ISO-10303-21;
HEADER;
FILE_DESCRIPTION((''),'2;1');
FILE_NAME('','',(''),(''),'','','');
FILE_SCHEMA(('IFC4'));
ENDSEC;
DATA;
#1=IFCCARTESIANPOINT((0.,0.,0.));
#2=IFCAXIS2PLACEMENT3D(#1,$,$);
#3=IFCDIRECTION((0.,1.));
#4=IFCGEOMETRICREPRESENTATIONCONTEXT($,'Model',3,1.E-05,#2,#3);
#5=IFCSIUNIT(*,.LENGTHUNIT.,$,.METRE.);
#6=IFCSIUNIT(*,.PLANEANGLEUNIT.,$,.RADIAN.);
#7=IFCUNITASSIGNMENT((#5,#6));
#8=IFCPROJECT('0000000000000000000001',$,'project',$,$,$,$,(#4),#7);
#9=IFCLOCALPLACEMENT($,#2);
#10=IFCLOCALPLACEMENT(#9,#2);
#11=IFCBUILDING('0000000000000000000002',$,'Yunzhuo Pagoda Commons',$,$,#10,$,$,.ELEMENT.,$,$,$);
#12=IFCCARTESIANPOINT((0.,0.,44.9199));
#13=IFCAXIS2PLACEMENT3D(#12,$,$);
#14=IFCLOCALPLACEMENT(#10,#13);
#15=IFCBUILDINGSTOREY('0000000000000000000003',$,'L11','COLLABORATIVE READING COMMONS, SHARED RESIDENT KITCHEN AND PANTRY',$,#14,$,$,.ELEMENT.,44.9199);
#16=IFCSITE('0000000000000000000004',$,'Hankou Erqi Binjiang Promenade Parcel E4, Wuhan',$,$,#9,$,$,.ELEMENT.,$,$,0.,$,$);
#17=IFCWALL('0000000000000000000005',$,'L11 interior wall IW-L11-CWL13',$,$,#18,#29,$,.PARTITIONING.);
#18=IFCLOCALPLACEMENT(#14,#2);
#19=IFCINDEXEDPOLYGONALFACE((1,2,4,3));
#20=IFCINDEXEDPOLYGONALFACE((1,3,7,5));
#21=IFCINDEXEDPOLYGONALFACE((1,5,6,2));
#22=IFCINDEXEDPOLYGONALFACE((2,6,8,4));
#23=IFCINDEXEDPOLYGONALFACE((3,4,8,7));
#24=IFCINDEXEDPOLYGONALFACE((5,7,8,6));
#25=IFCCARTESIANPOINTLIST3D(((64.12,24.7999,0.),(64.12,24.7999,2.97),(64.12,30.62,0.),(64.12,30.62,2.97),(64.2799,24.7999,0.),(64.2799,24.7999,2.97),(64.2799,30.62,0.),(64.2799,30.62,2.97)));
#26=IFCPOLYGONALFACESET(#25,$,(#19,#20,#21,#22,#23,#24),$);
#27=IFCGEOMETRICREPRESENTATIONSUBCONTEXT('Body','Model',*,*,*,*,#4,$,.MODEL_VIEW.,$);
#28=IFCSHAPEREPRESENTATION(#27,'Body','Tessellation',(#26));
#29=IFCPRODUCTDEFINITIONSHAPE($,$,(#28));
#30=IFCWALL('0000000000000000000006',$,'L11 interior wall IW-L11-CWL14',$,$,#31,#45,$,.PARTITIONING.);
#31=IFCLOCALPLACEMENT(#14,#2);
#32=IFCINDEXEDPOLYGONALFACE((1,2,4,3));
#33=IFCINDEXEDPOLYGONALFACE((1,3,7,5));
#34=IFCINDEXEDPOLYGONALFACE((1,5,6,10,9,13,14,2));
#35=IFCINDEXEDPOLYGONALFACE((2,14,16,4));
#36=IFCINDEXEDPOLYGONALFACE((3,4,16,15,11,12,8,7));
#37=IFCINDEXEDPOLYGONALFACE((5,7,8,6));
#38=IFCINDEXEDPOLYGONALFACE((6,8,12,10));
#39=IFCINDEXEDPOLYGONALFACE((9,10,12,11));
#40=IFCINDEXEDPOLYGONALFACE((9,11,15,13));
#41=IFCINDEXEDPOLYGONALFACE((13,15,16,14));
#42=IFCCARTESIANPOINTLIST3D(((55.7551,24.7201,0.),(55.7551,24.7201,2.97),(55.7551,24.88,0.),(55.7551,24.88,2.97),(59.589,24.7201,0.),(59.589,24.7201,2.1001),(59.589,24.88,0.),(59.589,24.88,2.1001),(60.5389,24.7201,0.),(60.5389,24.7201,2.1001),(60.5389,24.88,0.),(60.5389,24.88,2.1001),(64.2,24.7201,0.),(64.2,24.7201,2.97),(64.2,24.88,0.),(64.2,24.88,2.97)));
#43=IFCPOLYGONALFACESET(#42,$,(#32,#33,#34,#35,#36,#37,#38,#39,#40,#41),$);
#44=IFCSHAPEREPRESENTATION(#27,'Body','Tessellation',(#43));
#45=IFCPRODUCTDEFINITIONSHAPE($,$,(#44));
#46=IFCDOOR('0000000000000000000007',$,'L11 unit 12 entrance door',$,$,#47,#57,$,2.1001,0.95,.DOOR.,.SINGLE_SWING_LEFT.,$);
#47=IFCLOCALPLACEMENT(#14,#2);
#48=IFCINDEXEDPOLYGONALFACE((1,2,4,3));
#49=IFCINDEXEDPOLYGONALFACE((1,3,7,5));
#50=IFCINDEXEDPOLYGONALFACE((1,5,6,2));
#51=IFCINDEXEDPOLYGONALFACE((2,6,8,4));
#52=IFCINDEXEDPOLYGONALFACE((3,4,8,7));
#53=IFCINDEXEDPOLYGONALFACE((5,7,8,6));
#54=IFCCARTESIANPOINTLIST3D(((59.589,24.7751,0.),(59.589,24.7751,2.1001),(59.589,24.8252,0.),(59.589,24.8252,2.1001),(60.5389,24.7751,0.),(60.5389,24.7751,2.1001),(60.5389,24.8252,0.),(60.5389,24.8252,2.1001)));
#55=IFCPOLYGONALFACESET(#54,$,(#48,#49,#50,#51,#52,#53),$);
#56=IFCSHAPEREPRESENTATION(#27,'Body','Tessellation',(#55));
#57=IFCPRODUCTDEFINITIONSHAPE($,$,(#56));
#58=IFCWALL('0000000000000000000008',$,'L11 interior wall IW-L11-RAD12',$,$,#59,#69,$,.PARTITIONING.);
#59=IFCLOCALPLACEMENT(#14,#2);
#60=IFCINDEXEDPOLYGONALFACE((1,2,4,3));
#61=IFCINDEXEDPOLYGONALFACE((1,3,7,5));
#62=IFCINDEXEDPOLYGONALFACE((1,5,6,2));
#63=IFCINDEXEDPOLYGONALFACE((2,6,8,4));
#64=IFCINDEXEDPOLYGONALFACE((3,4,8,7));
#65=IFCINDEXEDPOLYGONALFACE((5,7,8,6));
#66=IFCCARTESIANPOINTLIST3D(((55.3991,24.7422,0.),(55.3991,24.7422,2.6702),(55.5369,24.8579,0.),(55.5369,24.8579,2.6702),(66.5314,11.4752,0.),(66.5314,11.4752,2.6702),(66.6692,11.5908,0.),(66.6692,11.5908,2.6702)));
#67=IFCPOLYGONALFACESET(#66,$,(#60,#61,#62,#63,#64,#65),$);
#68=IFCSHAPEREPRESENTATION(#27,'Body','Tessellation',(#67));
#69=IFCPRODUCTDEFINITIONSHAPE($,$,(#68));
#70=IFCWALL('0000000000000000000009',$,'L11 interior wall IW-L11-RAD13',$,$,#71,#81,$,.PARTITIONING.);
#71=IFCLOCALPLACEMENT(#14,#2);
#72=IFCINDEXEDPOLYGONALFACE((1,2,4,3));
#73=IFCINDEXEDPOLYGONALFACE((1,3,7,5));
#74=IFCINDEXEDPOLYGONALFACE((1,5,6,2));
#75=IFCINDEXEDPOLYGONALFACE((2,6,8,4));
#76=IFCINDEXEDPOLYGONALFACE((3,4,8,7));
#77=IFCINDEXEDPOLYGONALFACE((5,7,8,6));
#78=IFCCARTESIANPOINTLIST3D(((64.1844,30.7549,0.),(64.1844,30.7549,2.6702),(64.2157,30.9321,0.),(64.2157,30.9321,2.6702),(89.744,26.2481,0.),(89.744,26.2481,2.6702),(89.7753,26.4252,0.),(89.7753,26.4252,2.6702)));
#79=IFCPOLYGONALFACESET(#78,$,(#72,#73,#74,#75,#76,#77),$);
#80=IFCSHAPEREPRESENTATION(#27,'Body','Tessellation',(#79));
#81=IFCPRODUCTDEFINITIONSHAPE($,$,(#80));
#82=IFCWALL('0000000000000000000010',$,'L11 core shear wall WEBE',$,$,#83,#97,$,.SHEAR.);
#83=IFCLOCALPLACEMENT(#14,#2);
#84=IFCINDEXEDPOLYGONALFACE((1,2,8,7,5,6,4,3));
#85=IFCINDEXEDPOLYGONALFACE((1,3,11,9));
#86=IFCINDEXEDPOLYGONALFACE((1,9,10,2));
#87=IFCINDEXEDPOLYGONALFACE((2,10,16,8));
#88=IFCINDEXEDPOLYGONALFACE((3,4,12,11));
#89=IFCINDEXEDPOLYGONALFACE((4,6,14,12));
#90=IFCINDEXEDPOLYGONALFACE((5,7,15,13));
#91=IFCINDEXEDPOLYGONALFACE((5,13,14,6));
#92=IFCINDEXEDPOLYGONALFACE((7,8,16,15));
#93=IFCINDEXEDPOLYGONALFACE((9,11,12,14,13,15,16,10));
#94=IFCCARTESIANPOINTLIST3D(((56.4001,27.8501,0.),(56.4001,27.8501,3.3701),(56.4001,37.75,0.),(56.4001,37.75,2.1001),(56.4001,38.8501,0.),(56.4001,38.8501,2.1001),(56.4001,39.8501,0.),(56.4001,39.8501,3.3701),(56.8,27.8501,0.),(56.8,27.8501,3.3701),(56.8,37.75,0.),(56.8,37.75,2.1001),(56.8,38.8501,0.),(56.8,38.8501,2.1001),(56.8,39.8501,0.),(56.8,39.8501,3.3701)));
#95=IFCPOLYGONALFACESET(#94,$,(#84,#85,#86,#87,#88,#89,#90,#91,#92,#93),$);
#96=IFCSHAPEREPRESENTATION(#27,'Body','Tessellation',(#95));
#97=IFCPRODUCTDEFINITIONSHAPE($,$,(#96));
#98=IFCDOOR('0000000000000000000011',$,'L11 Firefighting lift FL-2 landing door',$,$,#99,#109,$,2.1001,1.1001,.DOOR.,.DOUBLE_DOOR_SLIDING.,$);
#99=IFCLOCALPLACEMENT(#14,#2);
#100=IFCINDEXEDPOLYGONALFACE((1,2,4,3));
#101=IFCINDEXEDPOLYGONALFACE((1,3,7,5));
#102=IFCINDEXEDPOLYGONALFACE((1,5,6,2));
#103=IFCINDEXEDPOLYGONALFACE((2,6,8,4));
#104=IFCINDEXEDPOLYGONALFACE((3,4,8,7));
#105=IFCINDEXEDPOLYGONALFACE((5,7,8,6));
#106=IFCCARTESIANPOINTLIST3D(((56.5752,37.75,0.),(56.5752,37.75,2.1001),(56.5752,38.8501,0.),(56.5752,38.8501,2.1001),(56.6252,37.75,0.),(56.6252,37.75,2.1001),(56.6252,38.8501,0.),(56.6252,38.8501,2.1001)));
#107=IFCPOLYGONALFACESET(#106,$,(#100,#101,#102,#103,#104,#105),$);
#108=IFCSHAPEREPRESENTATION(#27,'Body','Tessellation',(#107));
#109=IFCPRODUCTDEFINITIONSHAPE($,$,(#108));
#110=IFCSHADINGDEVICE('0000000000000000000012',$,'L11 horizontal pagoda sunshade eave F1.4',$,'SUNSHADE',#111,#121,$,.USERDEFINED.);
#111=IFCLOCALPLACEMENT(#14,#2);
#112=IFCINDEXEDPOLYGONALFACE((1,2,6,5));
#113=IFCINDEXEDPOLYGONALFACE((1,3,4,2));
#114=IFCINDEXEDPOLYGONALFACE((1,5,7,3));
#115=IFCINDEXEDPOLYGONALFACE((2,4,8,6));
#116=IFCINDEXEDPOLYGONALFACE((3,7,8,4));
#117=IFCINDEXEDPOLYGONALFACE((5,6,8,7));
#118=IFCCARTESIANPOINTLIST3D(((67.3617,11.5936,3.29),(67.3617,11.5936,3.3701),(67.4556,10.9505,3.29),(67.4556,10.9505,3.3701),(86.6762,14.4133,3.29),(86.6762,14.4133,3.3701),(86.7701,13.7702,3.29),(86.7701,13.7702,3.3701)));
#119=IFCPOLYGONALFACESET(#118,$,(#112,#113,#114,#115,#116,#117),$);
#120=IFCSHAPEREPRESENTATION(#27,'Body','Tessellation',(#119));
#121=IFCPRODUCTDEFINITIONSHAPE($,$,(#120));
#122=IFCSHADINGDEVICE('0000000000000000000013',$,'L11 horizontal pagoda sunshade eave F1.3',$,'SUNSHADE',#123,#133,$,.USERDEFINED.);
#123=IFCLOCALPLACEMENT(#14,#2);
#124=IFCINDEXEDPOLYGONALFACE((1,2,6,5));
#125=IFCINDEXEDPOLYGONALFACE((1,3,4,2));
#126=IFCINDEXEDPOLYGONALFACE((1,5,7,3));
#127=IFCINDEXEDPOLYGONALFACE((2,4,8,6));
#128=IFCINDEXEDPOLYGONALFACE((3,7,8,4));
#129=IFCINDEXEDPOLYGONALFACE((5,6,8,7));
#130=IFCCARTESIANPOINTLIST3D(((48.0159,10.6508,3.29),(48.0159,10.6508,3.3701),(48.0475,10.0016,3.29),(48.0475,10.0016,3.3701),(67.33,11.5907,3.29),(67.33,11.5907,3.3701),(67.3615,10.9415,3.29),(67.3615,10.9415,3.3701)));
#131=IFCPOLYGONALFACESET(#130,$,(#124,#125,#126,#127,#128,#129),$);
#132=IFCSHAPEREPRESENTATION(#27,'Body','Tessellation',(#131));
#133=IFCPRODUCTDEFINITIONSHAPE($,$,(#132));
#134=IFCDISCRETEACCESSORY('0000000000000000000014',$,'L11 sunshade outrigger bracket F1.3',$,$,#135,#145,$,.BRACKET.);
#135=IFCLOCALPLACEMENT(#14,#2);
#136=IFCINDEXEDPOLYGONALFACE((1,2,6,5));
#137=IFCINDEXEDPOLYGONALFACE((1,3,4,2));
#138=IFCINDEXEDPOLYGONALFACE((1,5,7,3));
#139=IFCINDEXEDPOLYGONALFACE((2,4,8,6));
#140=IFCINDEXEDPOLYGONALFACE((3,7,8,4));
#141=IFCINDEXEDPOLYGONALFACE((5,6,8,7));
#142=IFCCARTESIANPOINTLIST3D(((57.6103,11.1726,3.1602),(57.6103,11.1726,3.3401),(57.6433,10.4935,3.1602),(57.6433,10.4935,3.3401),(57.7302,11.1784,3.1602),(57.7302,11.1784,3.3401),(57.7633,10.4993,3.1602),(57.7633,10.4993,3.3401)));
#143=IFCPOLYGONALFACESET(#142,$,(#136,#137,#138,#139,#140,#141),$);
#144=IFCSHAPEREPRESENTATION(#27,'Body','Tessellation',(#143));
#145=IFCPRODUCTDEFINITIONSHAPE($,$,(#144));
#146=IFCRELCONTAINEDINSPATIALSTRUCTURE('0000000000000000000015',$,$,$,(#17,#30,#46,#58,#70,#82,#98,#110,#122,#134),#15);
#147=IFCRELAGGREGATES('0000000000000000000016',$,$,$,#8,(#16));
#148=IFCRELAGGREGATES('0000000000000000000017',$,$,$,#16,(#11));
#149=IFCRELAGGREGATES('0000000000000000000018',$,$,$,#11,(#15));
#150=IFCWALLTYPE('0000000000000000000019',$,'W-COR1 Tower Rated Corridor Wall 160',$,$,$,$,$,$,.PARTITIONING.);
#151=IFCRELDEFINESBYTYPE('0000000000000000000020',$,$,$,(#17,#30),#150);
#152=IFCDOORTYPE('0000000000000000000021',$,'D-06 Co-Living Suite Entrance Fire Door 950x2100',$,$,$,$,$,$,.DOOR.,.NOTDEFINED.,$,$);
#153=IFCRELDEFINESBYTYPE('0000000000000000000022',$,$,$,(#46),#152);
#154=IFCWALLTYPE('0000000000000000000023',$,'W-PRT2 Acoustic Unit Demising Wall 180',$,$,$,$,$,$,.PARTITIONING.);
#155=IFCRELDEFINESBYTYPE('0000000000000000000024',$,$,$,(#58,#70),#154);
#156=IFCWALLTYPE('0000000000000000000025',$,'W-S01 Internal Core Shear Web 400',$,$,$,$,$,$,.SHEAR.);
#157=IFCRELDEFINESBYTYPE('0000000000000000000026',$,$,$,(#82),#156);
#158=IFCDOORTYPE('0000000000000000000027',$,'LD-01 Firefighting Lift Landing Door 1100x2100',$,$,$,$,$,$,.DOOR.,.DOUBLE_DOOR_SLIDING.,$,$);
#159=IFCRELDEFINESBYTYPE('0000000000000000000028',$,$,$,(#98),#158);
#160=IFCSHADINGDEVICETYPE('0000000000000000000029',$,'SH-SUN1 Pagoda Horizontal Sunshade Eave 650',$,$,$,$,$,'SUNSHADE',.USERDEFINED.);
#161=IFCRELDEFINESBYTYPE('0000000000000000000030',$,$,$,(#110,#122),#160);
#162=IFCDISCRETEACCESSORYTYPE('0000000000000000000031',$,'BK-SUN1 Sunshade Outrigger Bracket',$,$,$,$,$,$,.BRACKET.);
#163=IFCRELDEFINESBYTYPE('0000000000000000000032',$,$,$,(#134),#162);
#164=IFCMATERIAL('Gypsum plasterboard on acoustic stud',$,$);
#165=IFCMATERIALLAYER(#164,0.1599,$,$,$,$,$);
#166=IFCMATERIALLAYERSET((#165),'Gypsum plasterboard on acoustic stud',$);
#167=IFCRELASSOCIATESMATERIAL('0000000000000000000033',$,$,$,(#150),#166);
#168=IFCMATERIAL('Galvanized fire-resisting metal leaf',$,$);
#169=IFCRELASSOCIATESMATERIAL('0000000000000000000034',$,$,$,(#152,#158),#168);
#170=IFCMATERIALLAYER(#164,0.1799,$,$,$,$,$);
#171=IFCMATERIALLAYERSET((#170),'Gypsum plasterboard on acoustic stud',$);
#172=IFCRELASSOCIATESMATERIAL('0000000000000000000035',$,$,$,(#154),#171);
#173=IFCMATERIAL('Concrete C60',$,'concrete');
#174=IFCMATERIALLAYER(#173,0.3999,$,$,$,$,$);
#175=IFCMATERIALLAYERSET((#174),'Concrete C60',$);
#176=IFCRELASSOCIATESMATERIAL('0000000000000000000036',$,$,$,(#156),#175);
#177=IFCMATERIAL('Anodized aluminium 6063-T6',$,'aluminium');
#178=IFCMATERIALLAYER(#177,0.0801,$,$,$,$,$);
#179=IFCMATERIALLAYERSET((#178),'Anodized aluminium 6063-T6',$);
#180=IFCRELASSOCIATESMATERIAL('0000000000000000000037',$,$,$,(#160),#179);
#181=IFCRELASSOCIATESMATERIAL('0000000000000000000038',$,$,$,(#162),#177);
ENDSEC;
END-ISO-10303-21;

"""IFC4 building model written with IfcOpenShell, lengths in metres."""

from ifc_helpers import new_model, si_unit, direction, frame, frame_2d, origin, origin_with_axes, origin_2d, place, context, subcontext, project, spatial, rectangle, extrude, source, transform, mapped, material, layer, layer_set, type_object, element, fill, save


model = new_model("IFC4")

# Units and contexts
model_context = context("Model", 3, precision=1e-05, world=origin(), true_north=direction((0.0, 1.0)))
body_context = subcontext(model_context, "Body", "Model", "MODEL_VIEW")
ifc_project = project(units=[si_unit("LENGTHUNIT", "METRE"), si_unit("PLANEANGLEUNIT", "RADIAN")], contexts=[model_context])

# Site, building, storey
site_placement = place(None, origin())
site = spatial("IfcSite", under=ifc_project, at=site_placement, Name="Hankou Erqi Binjiang Promenade Parcel E4, Wuhan", CompositionType="ELEMENT", RefElevation=0.0)
building_placement = place(site_placement, origin())
building = spatial("IfcBuilding", under=site, at=building_placement, Name="Yunzhuo Pagoda Commons", CompositionType="ELEMENT")
storey_placement = place(building_placement, frame((0.0, 0.0, 44.9199)))
storey = spatial("IfcBuildingStorey", under=building, at=storey_placement, Name="L11", Description="COLLABORATIVE READING COMMONS, SHARED RESIDENT KITCHEN AND PANTRY", CompositionType="ELEMENT", Elevation=44.9199)

# Shared definitions
ifc_material_1 = material(Name="Anodized aluminium 6063-T6", Category="aluminium")

# Wall
ifc_material_2 = material(Name="Concrete C60", Category="concrete")
ifc_material_3 = material(Name="Gypsum plasterboard on acoustic stud")
ifc_layer_1 = layer(ifc_material_3, 0.1599)
ifc_layer_set_1 = layer_set([ifc_layer_1], Name="Gypsum plasterboard on acoustic stud")
wall_type_1 = type_object("IfcWallType", Name="W-COR1 Tower Rated Corridor Wall 160", PredefinedType="PARTITIONING", material=ifc_layer_set_1)
wall_1_placement = place(storey_placement, frame((64.2, 30.6201, 0.0), z_axis=(0.0, 0.0, 1.0), x_axis=(0.0, -1.0, 0.0)))
element("IfcWall", 1, at=wall_1_placement, inside=storey, type_object=wall_type_1, Name="L11 interior wall IW-L11-CWL13", PredefinedType="PARTITIONING", context=body_context, shape_type="SweptSolid", body=[
    extrude(rectangle(XDim=5.8201, YDim=0.1599, at=frame_2d((2.9102, 0.0))), origin(), (0.0, 0.0, 1.0), 2.97),
])

# Wall, opening, door
wall_2_placement = place(storey_placement, frame((64.2, 24.8, 0.0), z_axis=(0.0, 0.0, 1.0), x_axis=(-1.0, 0.0, 0.0)))
wall_2 = element("IfcWall", 2, at=wall_2_placement, inside=storey, type_object=wall_type_1, Name="L11 interior wall IW-L11-CWL14", PredefinedType="PARTITIONING", context=body_context, shape_type="SweptSolid", body=[
    extrude(rectangle(XDim=8.4448, YDim=0.1599, at=frame_2d((4.2224, 0.0))), origin(), (0.0, 0.0, 1.0), 2.97),
])
opening_1_placement = place(wall_2_placement, frame((3.6609, 0.0, 0.0)))
opening_1 = element("IfcOpeningElement", 3, at=opening_1_placement, cuts=wall_2, PredefinedType="OPENING", context=body_context, shape_type="SweptSolid", body=[
    extrude(rectangle(XDim=0.95, YDim=2.1001, at=frame_2d((0.4751, 1.05))), frame((0.0, 0.0898, 0.0), z_axis=(0.0, -1.0, 0.0), x_axis=(1.0, 0.0, 0.0)), (0.0, 0.0, 1.0), 0.1799),
])
ifc_material_4 = material(Name="Galvanized fire-resisting metal leaf")
door_type_1 = type_object("IfcDoorType", Name="D-06 Co-Living Suite Entrance Fire Door 950x2100", OperationType="NOTDEFINED", PredefinedType="DOOR", material=ifc_material_4)
shared_shape_1 = source(origin(), body_context, "Body", "SweptSolid", [
    extrude(rectangle(XDim=0.95, YDim=2.1001, at=frame_2d((0.4751, 1.05))), frame((0.0, 0.0249, 0.0), z_axis=(0.0, -1.0, 0.0), x_axis=(1.0, 0.0, 0.0)), (0.0, 0.0, 1.0), 0.05),
])
door_1_placement = place(opening_1_placement, origin_with_axes())
door_1 = element("IfcDoor", 4, at=door_1_placement, inside=storey, type_object=door_type_1, Name="L11 unit 12 entrance door", OperationType="SINGLE_SWING_LEFT", OverallHeight=2.1001, OverallWidth=0.95, PredefinedType="DOOR", context=body_context, shape_type="MappedRepresentation", body=[
    mapped(shared_shape_1, transform((0.0, 0.0, 0.0), scale=1.0)),
])
fill(opening_1, door_1)

# Walls
ifc_layer_2 = layer(ifc_material_3, 0.1799)
ifc_layer_set_2 = layer_set([ifc_layer_2], Name="Gypsum plasterboard on acoustic stud")
wall_type_2 = type_object("IfcWallType", Name="W-PRT2 Acoustic Unit Demising Wall 180", PredefinedType="PARTITIONING", material=ifc_layer_set_2)
wall_3_placement = place(storey_placement, frame((55.468, 24.8, 0.0), z_axis=(0.0, 0.0, 1.0), x_axis=(0.642785, -0.766047, 0.0)))
element("IfcWall", 5, at=wall_3_placement, inside=storey, type_object=wall_type_2, Name="L11 interior wall IW-L11-RAD12", PredefinedType="PARTITIONING", context=body_context, shape_type="SweptSolid", body=[
    extrude(rectangle(XDim=17.3188, YDim=0.1799, at=frame_2d((8.6594, 0.0))), origin(), (0.0, 0.0, 1.0), 2.6702),
])
wall_4_placement = place(storey_placement, frame((64.2, 30.8435, 0.0), z_axis=(0.0, 0.0, 1.0), x_axis=(0.984808, -0.173648, 0.0)))
element("IfcWall", 6, at=wall_4_placement, inside=storey, type_object=wall_type_2, Name="L11 interior wall IW-L11-RAD13", PredefinedType="PARTITIONING", context=body_context, shape_type="SweptSolid", body=[
    extrude(rectangle(XDim=25.9539, YDim=0.1799, at=frame_2d((12.9771, 0.0))), origin(), (0.0, 0.0, 1.0), 2.6702),
])

# Wall, opening, door
ifc_layer_3 = layer(ifc_material_2, 0.3999)
ifc_layer_set_3 = layer_set([ifc_layer_3], Name="Concrete C60")
wall_type_3 = type_object("IfcWallType", Name="W-S01 Internal Core Shear Web 400", PredefinedType="SHEAR", material=ifc_layer_set_3)
wall_5_placement = place(storey_placement, frame((56.6001, 27.8501, 0.0), z_axis=(0.0, 0.0, 1.0), x_axis=(0.0, 1.0, 0.0)))
wall_5 = element("IfcWall", 7, at=wall_5_placement, inside=storey, type_object=wall_type_3, Name="L11 core shear wall WEBE", PredefinedType="SHEAR", context=body_context, shape_type="SweptSolid", body=[
    extrude(rectangle(XDim=12.0, YDim=0.3999, at=frame_2d((6.0, 0.0))), origin(), (0.0, 0.0, 1.0), 3.3701),
])
opening_2_placement = place(wall_5_placement, frame((9.8999, 0.0, 0.0)))
opening_2 = element("IfcOpeningElement", 8, at=opening_2_placement, cuts=wall_5, PredefinedType="OPENING", context=body_context, shape_type="SweptSolid", body=[
    extrude(rectangle(XDim=1.1001, YDim=2.1001, at=frame_2d((0.55, 1.05))), frame((0.0, 0.21, 0.0), z_axis=(0.0, -1.0, 0.0), x_axis=(1.0, 0.0, 0.0)), (0.0, 0.0, 1.0), 0.4199),
])
door_type_2 = type_object("IfcDoorType", Name="LD-01 Firefighting Lift Landing Door 1100x2100", OperationType="DOUBLE_DOOR_SLIDING", PredefinedType="DOOR", material=ifc_material_4)
shared_shape_2 = source(origin(), body_context, "Body", "SweptSolid", [
    extrude(rectangle(XDim=1.1001, YDim=2.1001, at=frame_2d((0.55, 1.05))), frame((0.0, 0.0249, 0.0), z_axis=(0.0, -1.0, 0.0), x_axis=(1.0, 0.0, 0.0)), (0.0, 0.0, 1.0), 0.05),
])
door_2_placement = place(opening_2_placement, origin_with_axes())
door_2 = element("IfcDoor", 9, at=door_2_placement, inside=storey, type_object=door_type_2, Name="L11 Firefighting lift FL-2 landing door", OperationType="DOUBLE_DOOR_SLIDING", OverallHeight=2.1001, OverallWidth=1.1001, PredefinedType="DOOR", context=body_context, shape_type="MappedRepresentation", body=[
    mapped(shared_shape_2, transform((0.0, 0.0, 0.0), scale=1.0)),
])
fill(opening_2, door_2)

# Shading devices
ifc_layer_4 = layer(ifc_material_1, 0.0801)
ifc_layer_set_4 = layer_set([ifc_layer_4], Name="Anodized aluminium 6063-T6")
shading_device_type = type_object("IfcShadingDeviceType", Name="SH-SUN1 Pagoda Horizontal Sunshade Eave 650", ElementType="SUNSHADE", PredefinedType="USERDEFINED", material=ifc_layer_set_4)
shared_shape_3 = source(origin(), body_context, "Body", "SweptSolid", [
    extrude(rectangle(XDim=19.5193, YDim=0.6499, at=origin_2d()), origin(), (0.0, 0.0, 1.0), 0.0801),
])
shading_device_1_placement = place(storey_placement, frame((77.0659, 12.6819, 3.29), z_axis=(0.0, 0.0, 1.0), x_axis=(0.989511, 0.14446, 0.0)))
element("IfcShadingDevice", 10, at=shading_device_1_placement, inside=storey, type_object=shading_device_type, Name="L11 horizontal pagoda sunshade eave F1.4", ObjectType="SUNSHADE", PredefinedType="USERDEFINED", context=body_context, shape_type="MappedRepresentation", body=[
    mapped(shared_shape_3, transform((0.0, 0.0, 0.0), scale=1.0)),
])
shared_shape_4 = source(origin(), body_context, "Body", "SweptSolid", [
    extrude(rectangle(XDim=19.3369, YDim=0.6499, at=origin_2d()), origin(), (0.0, 0.0, 1.0), 0.0801),
])
shading_device_2_placement = place(storey_placement, frame((57.6887, 10.7961, 3.29), z_axis=(0.0, 0.0, 1.0), x_axis=(0.998818, 0.048606, 0.0)))
element("IfcShadingDevice", 11, at=shading_device_2_placement, inside=storey, type_object=shading_device_type, Name="L11 horizontal pagoda sunshade eave F1.3", ObjectType="SUNSHADE", PredefinedType="USERDEFINED", context=body_context, shape_type="MappedRepresentation", body=[
    mapped(shared_shape_4, transform((0.0, 0.0, 0.0), scale=1.0)),
])

# Discrete accessory
discrete_accessory_type = type_object("IfcDiscreteAccessoryType", Name="BK-SUN1 Sunshade Outrigger Bracket", PredefinedType="BRACKET", material=ifc_material_1)
shared_shape_5 = source(origin(), body_context, "Body", "SweptSolid", [
    extrude(rectangle(XDim=0.1201, YDim=0.6799, at=origin_2d()), origin(), (0.0, 0.0, 1.0), 0.1799),
])
discrete_accessory_placement = place(storey_placement, frame((57.6868, 10.8359, 3.1602), z_axis=(0.0, 0.0, 1.0), x_axis=(0.998818, 0.048606, 0.0)))
element("IfcDiscreteAccessory", 12, at=discrete_accessory_placement, inside=storey, type_object=discrete_accessory_type, Name="L11 sunshade outrigger bracket F1.3", PredefinedType="BRACKET", context=body_context, shape_type="MappedRepresentation", body=[
    mapped(shared_shape_5, transform((0.0, 0.0, 0.0), scale=1.0)),
])

save(model, "model.ifc")
